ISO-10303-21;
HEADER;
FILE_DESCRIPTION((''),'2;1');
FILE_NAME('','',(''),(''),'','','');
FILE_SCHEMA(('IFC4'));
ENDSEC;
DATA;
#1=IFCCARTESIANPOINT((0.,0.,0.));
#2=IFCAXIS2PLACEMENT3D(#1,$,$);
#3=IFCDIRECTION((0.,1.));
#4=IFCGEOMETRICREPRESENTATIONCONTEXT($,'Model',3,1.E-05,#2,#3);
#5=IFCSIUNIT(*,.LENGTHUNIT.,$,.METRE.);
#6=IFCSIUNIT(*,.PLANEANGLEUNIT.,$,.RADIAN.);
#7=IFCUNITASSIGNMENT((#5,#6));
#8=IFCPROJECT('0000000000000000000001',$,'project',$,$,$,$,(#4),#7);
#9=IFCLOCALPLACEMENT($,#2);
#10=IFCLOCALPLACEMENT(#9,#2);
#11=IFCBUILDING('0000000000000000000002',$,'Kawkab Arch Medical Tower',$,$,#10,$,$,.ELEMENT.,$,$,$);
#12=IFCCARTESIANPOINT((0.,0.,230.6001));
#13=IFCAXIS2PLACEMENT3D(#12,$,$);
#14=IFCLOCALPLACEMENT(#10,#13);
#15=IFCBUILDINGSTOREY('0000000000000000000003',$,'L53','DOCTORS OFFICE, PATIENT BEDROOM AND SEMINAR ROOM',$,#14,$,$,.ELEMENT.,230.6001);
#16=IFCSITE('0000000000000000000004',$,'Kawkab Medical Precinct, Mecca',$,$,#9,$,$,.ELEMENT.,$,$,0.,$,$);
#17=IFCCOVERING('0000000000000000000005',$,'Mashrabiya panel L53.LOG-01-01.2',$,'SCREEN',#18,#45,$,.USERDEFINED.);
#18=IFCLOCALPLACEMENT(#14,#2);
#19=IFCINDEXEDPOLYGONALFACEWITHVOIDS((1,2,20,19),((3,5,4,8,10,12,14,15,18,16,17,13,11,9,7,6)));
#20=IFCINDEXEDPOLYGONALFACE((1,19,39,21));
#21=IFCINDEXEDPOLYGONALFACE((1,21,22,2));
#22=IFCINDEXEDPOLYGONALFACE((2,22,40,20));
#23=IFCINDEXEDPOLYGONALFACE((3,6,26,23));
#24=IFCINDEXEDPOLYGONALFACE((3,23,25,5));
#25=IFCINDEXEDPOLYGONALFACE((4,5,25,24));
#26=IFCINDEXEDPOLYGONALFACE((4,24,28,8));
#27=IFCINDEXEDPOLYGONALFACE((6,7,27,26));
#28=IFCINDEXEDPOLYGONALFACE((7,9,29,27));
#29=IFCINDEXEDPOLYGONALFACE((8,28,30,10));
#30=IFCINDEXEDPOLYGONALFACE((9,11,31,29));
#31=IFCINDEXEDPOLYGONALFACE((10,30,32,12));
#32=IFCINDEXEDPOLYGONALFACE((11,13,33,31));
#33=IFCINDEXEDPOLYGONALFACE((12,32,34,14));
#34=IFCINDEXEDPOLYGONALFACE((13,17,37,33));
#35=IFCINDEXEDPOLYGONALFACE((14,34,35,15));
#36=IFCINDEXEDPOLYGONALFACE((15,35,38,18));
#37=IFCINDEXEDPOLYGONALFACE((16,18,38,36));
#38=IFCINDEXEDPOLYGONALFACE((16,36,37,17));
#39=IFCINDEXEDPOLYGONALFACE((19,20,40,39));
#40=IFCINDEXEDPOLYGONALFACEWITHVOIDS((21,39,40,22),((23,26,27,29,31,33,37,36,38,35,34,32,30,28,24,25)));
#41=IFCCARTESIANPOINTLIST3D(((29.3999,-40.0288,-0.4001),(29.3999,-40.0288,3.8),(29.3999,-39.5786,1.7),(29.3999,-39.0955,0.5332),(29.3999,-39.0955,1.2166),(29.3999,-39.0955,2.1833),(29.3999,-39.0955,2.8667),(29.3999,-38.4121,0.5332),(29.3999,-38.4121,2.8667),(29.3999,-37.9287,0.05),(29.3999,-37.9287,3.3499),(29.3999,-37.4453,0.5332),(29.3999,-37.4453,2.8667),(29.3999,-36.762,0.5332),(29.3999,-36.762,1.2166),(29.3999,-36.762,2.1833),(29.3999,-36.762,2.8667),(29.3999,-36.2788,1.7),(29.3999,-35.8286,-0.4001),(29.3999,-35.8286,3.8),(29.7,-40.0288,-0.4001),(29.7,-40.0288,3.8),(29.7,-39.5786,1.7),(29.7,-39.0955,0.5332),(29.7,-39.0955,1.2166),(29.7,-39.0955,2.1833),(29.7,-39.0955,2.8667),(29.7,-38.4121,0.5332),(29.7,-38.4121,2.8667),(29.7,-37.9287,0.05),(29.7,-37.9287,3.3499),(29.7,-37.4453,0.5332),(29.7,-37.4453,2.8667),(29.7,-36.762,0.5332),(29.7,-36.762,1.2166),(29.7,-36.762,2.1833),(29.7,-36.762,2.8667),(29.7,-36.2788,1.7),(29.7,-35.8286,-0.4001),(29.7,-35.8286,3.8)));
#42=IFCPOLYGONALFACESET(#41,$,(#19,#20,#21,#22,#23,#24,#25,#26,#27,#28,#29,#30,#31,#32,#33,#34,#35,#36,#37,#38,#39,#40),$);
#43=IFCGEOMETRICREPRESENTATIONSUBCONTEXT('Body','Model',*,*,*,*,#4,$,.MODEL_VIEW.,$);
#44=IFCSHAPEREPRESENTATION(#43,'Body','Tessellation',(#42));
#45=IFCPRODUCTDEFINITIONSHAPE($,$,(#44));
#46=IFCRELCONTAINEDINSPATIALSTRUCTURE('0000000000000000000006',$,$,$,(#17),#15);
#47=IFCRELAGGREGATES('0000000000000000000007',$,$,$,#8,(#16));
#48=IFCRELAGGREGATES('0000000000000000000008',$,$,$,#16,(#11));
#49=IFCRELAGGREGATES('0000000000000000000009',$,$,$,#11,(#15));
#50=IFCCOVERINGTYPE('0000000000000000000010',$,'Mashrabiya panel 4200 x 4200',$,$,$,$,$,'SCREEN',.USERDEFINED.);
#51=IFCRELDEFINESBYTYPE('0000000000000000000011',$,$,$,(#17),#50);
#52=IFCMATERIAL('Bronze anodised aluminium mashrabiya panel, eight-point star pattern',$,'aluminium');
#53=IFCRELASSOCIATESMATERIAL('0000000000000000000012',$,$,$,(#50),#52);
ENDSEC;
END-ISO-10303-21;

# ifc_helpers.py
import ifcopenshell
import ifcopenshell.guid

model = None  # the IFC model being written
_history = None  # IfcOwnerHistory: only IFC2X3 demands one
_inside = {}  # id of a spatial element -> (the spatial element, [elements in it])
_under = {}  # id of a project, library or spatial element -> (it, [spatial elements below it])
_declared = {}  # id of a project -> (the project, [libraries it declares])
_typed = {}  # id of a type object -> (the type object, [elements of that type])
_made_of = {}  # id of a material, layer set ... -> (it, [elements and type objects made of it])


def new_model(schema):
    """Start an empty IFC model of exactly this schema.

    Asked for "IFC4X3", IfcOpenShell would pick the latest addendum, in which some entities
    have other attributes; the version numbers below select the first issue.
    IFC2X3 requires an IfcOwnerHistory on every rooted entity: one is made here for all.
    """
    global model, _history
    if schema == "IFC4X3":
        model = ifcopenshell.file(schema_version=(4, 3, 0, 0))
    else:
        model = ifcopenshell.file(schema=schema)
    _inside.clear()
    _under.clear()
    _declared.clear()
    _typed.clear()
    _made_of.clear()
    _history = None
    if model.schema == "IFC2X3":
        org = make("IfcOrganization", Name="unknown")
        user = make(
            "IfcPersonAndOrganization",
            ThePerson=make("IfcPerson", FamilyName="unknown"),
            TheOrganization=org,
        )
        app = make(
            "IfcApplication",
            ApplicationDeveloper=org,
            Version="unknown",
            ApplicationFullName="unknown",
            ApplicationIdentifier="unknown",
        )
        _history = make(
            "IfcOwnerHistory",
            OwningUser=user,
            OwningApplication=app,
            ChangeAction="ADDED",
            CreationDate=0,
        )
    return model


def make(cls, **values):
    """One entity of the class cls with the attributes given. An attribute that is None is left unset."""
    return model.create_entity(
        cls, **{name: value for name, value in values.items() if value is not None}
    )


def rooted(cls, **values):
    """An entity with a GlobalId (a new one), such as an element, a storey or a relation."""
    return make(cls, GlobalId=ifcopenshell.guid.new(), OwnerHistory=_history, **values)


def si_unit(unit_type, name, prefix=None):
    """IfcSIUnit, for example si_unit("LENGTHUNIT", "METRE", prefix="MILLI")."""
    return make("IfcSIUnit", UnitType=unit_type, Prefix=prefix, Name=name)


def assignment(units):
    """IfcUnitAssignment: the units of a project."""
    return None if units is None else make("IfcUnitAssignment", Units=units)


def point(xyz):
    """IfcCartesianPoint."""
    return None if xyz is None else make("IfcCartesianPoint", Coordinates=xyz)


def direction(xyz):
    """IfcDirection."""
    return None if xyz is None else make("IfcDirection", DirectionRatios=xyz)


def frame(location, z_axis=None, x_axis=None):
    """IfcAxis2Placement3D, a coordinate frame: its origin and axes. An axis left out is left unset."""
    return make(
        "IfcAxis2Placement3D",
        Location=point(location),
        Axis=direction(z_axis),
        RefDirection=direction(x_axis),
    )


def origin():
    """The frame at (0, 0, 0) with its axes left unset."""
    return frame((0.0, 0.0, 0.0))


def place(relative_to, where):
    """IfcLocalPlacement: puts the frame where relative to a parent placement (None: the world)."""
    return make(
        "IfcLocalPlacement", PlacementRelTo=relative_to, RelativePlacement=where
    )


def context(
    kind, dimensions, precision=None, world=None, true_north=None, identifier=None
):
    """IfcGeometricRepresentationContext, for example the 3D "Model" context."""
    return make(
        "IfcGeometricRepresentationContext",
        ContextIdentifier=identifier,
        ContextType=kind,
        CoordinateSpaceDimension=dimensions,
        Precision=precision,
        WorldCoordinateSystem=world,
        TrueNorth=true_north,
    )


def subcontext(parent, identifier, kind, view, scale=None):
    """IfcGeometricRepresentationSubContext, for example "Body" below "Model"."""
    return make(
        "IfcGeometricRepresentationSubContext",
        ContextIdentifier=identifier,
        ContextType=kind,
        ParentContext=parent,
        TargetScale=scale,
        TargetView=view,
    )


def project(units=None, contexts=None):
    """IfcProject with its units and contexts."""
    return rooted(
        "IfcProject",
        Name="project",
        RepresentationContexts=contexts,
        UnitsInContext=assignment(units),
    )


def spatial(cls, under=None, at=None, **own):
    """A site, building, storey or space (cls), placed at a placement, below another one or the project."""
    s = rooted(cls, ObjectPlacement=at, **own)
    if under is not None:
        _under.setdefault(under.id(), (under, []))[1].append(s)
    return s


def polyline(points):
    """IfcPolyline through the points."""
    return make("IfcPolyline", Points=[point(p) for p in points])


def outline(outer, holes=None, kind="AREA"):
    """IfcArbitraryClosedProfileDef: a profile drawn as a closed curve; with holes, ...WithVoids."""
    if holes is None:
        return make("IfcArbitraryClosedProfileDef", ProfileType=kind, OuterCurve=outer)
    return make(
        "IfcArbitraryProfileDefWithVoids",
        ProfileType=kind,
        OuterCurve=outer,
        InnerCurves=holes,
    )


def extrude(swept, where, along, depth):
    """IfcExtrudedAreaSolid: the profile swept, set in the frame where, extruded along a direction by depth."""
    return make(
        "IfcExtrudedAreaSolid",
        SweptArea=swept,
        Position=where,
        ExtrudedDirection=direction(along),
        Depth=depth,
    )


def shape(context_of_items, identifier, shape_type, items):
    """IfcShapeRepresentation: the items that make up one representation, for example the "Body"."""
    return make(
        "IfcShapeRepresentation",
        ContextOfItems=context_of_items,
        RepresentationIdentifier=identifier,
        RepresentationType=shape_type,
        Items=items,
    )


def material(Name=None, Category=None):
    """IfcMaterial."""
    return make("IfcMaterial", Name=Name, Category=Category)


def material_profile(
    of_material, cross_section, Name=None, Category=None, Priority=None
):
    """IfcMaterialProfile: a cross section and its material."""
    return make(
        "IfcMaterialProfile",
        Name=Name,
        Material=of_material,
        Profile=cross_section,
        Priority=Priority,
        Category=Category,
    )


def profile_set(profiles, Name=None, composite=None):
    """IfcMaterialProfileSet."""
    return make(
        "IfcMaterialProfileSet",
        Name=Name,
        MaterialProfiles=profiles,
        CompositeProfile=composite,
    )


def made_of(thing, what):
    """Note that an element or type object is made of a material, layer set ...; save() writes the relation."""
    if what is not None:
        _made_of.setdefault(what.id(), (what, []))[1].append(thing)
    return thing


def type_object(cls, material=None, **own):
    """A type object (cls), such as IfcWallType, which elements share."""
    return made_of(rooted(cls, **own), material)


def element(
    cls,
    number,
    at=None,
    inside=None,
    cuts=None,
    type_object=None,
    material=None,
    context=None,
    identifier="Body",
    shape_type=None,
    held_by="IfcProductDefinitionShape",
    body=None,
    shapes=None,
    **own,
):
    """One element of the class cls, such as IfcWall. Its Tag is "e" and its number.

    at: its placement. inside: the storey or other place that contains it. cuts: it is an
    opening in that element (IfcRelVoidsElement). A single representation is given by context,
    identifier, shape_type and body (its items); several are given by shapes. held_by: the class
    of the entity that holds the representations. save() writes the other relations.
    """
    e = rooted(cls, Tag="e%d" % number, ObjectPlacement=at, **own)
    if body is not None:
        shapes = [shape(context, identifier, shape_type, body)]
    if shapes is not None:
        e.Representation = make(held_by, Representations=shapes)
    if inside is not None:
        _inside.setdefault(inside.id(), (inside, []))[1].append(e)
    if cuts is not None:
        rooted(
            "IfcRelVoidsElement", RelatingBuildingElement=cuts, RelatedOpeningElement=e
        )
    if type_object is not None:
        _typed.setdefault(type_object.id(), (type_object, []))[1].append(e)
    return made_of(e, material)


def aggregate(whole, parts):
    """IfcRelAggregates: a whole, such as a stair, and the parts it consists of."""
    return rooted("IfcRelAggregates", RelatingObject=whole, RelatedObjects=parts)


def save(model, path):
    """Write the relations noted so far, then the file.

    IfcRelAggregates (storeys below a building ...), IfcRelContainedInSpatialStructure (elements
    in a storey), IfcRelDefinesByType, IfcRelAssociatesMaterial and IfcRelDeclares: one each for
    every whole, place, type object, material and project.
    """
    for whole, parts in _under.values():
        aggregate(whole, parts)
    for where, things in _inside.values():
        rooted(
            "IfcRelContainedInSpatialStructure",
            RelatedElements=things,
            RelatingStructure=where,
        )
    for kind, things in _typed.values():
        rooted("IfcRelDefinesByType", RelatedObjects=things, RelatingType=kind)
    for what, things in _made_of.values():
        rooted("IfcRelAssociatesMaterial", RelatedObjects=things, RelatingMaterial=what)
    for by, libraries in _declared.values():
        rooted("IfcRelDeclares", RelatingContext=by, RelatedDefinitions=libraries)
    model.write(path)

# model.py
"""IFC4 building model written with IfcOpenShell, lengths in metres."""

from ifc_helpers import new_model, si_unit, direction, frame, origin, place, context, subcontext, project, spatial, polyline, outline, extrude, material, material_profile, profile_set, type_object, element, save


model = new_model("IFC4")

# Units and contexts
model_context = context("Model", 3, precision=1e-05, world=origin(), true_north=direction((0.0, 1.0)))
body_context = subcontext(model_context, "Body", "Model", "MODEL_VIEW")
ifc_project = project(units=[si_unit("LENGTHUNIT", "METRE"), si_unit("PLANEANGLEUNIT", "RADIAN")], contexts=[model_context])

# Site, building, storey
site_placement = place(None, origin())
site = spatial("IfcSite", under=ifc_project, at=site_placement, Name="Kawkab Medical Precinct, Mecca", CompositionType="ELEMENT", RefElevation=0.0)
building_placement = place(site_placement, origin())
building = spatial("IfcBuilding", under=site, at=building_placement, Name="Kawkab Arch Medical Tower", CompositionType="ELEMENT")
storey_placement = place(building_placement, frame((0.0, 0.0, 230.6001)))
storey = spatial("IfcBuildingStorey", under=building, at=storey_placement, Name="L53", Description="DOCTORS OFFICE, PATIENT BEDROOM AND SEMINAR ROOM", CompositionType="ELEMENT", Elevation=230.6001)

# Covering
ifc_material_1 = material(Name="Bronze anodised aluminium mashrabiya panel, eight-point star pattern", Category="aluminium")
ifc_material_profile_1 = material_profile(ifc_material_1, outline(polyline([(-2.1001, -2.1001), (2.1001, -2.1001), (2.1001, 2.1001), (-2.1001, 2.1001), (-2.1001, -2.1001)]), holes=[polyline([(1.6499, 0.0), (1.1667, 0.4834), (1.1667, 1.1667), (0.4834, 1.1667), (0.0, 1.6499), (-0.4834, 1.1667), (-1.1667, 1.1667), (-1.1667, 0.4834), (-1.6499, 0.0), (-1.1667, -0.4834), (-1.1667, -1.1667), (-0.4834, -1.1667), (0.0, -1.6499), (0.4834, -1.1667), (1.1667, -1.1667), (1.1667, -0.4834), (1.6499, 0.0)])]), Name="Mashrabiya panel 4200x4200")
ifc_profile_set_1 = profile_set([ifc_material_profile_1], Name="Bronze anodised aluminium mashrabiya panel, eight-point star pattern")
covering_type = type_object("IfcCoveringType", Name="Mashrabiya panel 4200 x 4200", ElementType="SCREEN", PredefinedType="USERDEFINED", material=ifc_profile_set_1)
covering_placement = place(storey_placement, frame((29.3999, -37.9287, 1.7), z_axis=(1.0, 0.0, 0.0), x_axis=(0.0, 1.0, 0.0)))
element("IfcCovering", 1, at=covering_placement, inside=storey, type_object=covering_type, Name="Mashrabiya panel L53.LOG-01-01.2", ObjectType="SCREEN", PredefinedType="USERDEFINED", context=body_context, shape_type="SweptSolid", body=[
    extrude(outline(polyline([(-2.1001, -2.1001), (2.1001, -2.1001), (2.1001, 2.1001), (-2.1001, 2.1001), (-2.1001, -2.1001)]), holes=[polyline([(1.6499, 0.0), (1.1667, 0.4834), (1.1667, 1.1667), (0.4834, 1.1667), (0.0, 1.6499), (-0.4834, 1.1667), (-1.1667, 1.1667), (-1.1667, 0.4834), (-1.6499, 0.0), (-1.1667, -0.4834), (-1.1667, -1.1667), (-0.4834, -1.1667), (0.0, -1.6499), (0.4834, -1.1667), (1.1667, -1.1667), (1.1667, -0.4834), (1.6499, 0.0)])]), origin(), (0.0, 0.0, 1.0), 0.3),
])

save(model, "model.ifc")
